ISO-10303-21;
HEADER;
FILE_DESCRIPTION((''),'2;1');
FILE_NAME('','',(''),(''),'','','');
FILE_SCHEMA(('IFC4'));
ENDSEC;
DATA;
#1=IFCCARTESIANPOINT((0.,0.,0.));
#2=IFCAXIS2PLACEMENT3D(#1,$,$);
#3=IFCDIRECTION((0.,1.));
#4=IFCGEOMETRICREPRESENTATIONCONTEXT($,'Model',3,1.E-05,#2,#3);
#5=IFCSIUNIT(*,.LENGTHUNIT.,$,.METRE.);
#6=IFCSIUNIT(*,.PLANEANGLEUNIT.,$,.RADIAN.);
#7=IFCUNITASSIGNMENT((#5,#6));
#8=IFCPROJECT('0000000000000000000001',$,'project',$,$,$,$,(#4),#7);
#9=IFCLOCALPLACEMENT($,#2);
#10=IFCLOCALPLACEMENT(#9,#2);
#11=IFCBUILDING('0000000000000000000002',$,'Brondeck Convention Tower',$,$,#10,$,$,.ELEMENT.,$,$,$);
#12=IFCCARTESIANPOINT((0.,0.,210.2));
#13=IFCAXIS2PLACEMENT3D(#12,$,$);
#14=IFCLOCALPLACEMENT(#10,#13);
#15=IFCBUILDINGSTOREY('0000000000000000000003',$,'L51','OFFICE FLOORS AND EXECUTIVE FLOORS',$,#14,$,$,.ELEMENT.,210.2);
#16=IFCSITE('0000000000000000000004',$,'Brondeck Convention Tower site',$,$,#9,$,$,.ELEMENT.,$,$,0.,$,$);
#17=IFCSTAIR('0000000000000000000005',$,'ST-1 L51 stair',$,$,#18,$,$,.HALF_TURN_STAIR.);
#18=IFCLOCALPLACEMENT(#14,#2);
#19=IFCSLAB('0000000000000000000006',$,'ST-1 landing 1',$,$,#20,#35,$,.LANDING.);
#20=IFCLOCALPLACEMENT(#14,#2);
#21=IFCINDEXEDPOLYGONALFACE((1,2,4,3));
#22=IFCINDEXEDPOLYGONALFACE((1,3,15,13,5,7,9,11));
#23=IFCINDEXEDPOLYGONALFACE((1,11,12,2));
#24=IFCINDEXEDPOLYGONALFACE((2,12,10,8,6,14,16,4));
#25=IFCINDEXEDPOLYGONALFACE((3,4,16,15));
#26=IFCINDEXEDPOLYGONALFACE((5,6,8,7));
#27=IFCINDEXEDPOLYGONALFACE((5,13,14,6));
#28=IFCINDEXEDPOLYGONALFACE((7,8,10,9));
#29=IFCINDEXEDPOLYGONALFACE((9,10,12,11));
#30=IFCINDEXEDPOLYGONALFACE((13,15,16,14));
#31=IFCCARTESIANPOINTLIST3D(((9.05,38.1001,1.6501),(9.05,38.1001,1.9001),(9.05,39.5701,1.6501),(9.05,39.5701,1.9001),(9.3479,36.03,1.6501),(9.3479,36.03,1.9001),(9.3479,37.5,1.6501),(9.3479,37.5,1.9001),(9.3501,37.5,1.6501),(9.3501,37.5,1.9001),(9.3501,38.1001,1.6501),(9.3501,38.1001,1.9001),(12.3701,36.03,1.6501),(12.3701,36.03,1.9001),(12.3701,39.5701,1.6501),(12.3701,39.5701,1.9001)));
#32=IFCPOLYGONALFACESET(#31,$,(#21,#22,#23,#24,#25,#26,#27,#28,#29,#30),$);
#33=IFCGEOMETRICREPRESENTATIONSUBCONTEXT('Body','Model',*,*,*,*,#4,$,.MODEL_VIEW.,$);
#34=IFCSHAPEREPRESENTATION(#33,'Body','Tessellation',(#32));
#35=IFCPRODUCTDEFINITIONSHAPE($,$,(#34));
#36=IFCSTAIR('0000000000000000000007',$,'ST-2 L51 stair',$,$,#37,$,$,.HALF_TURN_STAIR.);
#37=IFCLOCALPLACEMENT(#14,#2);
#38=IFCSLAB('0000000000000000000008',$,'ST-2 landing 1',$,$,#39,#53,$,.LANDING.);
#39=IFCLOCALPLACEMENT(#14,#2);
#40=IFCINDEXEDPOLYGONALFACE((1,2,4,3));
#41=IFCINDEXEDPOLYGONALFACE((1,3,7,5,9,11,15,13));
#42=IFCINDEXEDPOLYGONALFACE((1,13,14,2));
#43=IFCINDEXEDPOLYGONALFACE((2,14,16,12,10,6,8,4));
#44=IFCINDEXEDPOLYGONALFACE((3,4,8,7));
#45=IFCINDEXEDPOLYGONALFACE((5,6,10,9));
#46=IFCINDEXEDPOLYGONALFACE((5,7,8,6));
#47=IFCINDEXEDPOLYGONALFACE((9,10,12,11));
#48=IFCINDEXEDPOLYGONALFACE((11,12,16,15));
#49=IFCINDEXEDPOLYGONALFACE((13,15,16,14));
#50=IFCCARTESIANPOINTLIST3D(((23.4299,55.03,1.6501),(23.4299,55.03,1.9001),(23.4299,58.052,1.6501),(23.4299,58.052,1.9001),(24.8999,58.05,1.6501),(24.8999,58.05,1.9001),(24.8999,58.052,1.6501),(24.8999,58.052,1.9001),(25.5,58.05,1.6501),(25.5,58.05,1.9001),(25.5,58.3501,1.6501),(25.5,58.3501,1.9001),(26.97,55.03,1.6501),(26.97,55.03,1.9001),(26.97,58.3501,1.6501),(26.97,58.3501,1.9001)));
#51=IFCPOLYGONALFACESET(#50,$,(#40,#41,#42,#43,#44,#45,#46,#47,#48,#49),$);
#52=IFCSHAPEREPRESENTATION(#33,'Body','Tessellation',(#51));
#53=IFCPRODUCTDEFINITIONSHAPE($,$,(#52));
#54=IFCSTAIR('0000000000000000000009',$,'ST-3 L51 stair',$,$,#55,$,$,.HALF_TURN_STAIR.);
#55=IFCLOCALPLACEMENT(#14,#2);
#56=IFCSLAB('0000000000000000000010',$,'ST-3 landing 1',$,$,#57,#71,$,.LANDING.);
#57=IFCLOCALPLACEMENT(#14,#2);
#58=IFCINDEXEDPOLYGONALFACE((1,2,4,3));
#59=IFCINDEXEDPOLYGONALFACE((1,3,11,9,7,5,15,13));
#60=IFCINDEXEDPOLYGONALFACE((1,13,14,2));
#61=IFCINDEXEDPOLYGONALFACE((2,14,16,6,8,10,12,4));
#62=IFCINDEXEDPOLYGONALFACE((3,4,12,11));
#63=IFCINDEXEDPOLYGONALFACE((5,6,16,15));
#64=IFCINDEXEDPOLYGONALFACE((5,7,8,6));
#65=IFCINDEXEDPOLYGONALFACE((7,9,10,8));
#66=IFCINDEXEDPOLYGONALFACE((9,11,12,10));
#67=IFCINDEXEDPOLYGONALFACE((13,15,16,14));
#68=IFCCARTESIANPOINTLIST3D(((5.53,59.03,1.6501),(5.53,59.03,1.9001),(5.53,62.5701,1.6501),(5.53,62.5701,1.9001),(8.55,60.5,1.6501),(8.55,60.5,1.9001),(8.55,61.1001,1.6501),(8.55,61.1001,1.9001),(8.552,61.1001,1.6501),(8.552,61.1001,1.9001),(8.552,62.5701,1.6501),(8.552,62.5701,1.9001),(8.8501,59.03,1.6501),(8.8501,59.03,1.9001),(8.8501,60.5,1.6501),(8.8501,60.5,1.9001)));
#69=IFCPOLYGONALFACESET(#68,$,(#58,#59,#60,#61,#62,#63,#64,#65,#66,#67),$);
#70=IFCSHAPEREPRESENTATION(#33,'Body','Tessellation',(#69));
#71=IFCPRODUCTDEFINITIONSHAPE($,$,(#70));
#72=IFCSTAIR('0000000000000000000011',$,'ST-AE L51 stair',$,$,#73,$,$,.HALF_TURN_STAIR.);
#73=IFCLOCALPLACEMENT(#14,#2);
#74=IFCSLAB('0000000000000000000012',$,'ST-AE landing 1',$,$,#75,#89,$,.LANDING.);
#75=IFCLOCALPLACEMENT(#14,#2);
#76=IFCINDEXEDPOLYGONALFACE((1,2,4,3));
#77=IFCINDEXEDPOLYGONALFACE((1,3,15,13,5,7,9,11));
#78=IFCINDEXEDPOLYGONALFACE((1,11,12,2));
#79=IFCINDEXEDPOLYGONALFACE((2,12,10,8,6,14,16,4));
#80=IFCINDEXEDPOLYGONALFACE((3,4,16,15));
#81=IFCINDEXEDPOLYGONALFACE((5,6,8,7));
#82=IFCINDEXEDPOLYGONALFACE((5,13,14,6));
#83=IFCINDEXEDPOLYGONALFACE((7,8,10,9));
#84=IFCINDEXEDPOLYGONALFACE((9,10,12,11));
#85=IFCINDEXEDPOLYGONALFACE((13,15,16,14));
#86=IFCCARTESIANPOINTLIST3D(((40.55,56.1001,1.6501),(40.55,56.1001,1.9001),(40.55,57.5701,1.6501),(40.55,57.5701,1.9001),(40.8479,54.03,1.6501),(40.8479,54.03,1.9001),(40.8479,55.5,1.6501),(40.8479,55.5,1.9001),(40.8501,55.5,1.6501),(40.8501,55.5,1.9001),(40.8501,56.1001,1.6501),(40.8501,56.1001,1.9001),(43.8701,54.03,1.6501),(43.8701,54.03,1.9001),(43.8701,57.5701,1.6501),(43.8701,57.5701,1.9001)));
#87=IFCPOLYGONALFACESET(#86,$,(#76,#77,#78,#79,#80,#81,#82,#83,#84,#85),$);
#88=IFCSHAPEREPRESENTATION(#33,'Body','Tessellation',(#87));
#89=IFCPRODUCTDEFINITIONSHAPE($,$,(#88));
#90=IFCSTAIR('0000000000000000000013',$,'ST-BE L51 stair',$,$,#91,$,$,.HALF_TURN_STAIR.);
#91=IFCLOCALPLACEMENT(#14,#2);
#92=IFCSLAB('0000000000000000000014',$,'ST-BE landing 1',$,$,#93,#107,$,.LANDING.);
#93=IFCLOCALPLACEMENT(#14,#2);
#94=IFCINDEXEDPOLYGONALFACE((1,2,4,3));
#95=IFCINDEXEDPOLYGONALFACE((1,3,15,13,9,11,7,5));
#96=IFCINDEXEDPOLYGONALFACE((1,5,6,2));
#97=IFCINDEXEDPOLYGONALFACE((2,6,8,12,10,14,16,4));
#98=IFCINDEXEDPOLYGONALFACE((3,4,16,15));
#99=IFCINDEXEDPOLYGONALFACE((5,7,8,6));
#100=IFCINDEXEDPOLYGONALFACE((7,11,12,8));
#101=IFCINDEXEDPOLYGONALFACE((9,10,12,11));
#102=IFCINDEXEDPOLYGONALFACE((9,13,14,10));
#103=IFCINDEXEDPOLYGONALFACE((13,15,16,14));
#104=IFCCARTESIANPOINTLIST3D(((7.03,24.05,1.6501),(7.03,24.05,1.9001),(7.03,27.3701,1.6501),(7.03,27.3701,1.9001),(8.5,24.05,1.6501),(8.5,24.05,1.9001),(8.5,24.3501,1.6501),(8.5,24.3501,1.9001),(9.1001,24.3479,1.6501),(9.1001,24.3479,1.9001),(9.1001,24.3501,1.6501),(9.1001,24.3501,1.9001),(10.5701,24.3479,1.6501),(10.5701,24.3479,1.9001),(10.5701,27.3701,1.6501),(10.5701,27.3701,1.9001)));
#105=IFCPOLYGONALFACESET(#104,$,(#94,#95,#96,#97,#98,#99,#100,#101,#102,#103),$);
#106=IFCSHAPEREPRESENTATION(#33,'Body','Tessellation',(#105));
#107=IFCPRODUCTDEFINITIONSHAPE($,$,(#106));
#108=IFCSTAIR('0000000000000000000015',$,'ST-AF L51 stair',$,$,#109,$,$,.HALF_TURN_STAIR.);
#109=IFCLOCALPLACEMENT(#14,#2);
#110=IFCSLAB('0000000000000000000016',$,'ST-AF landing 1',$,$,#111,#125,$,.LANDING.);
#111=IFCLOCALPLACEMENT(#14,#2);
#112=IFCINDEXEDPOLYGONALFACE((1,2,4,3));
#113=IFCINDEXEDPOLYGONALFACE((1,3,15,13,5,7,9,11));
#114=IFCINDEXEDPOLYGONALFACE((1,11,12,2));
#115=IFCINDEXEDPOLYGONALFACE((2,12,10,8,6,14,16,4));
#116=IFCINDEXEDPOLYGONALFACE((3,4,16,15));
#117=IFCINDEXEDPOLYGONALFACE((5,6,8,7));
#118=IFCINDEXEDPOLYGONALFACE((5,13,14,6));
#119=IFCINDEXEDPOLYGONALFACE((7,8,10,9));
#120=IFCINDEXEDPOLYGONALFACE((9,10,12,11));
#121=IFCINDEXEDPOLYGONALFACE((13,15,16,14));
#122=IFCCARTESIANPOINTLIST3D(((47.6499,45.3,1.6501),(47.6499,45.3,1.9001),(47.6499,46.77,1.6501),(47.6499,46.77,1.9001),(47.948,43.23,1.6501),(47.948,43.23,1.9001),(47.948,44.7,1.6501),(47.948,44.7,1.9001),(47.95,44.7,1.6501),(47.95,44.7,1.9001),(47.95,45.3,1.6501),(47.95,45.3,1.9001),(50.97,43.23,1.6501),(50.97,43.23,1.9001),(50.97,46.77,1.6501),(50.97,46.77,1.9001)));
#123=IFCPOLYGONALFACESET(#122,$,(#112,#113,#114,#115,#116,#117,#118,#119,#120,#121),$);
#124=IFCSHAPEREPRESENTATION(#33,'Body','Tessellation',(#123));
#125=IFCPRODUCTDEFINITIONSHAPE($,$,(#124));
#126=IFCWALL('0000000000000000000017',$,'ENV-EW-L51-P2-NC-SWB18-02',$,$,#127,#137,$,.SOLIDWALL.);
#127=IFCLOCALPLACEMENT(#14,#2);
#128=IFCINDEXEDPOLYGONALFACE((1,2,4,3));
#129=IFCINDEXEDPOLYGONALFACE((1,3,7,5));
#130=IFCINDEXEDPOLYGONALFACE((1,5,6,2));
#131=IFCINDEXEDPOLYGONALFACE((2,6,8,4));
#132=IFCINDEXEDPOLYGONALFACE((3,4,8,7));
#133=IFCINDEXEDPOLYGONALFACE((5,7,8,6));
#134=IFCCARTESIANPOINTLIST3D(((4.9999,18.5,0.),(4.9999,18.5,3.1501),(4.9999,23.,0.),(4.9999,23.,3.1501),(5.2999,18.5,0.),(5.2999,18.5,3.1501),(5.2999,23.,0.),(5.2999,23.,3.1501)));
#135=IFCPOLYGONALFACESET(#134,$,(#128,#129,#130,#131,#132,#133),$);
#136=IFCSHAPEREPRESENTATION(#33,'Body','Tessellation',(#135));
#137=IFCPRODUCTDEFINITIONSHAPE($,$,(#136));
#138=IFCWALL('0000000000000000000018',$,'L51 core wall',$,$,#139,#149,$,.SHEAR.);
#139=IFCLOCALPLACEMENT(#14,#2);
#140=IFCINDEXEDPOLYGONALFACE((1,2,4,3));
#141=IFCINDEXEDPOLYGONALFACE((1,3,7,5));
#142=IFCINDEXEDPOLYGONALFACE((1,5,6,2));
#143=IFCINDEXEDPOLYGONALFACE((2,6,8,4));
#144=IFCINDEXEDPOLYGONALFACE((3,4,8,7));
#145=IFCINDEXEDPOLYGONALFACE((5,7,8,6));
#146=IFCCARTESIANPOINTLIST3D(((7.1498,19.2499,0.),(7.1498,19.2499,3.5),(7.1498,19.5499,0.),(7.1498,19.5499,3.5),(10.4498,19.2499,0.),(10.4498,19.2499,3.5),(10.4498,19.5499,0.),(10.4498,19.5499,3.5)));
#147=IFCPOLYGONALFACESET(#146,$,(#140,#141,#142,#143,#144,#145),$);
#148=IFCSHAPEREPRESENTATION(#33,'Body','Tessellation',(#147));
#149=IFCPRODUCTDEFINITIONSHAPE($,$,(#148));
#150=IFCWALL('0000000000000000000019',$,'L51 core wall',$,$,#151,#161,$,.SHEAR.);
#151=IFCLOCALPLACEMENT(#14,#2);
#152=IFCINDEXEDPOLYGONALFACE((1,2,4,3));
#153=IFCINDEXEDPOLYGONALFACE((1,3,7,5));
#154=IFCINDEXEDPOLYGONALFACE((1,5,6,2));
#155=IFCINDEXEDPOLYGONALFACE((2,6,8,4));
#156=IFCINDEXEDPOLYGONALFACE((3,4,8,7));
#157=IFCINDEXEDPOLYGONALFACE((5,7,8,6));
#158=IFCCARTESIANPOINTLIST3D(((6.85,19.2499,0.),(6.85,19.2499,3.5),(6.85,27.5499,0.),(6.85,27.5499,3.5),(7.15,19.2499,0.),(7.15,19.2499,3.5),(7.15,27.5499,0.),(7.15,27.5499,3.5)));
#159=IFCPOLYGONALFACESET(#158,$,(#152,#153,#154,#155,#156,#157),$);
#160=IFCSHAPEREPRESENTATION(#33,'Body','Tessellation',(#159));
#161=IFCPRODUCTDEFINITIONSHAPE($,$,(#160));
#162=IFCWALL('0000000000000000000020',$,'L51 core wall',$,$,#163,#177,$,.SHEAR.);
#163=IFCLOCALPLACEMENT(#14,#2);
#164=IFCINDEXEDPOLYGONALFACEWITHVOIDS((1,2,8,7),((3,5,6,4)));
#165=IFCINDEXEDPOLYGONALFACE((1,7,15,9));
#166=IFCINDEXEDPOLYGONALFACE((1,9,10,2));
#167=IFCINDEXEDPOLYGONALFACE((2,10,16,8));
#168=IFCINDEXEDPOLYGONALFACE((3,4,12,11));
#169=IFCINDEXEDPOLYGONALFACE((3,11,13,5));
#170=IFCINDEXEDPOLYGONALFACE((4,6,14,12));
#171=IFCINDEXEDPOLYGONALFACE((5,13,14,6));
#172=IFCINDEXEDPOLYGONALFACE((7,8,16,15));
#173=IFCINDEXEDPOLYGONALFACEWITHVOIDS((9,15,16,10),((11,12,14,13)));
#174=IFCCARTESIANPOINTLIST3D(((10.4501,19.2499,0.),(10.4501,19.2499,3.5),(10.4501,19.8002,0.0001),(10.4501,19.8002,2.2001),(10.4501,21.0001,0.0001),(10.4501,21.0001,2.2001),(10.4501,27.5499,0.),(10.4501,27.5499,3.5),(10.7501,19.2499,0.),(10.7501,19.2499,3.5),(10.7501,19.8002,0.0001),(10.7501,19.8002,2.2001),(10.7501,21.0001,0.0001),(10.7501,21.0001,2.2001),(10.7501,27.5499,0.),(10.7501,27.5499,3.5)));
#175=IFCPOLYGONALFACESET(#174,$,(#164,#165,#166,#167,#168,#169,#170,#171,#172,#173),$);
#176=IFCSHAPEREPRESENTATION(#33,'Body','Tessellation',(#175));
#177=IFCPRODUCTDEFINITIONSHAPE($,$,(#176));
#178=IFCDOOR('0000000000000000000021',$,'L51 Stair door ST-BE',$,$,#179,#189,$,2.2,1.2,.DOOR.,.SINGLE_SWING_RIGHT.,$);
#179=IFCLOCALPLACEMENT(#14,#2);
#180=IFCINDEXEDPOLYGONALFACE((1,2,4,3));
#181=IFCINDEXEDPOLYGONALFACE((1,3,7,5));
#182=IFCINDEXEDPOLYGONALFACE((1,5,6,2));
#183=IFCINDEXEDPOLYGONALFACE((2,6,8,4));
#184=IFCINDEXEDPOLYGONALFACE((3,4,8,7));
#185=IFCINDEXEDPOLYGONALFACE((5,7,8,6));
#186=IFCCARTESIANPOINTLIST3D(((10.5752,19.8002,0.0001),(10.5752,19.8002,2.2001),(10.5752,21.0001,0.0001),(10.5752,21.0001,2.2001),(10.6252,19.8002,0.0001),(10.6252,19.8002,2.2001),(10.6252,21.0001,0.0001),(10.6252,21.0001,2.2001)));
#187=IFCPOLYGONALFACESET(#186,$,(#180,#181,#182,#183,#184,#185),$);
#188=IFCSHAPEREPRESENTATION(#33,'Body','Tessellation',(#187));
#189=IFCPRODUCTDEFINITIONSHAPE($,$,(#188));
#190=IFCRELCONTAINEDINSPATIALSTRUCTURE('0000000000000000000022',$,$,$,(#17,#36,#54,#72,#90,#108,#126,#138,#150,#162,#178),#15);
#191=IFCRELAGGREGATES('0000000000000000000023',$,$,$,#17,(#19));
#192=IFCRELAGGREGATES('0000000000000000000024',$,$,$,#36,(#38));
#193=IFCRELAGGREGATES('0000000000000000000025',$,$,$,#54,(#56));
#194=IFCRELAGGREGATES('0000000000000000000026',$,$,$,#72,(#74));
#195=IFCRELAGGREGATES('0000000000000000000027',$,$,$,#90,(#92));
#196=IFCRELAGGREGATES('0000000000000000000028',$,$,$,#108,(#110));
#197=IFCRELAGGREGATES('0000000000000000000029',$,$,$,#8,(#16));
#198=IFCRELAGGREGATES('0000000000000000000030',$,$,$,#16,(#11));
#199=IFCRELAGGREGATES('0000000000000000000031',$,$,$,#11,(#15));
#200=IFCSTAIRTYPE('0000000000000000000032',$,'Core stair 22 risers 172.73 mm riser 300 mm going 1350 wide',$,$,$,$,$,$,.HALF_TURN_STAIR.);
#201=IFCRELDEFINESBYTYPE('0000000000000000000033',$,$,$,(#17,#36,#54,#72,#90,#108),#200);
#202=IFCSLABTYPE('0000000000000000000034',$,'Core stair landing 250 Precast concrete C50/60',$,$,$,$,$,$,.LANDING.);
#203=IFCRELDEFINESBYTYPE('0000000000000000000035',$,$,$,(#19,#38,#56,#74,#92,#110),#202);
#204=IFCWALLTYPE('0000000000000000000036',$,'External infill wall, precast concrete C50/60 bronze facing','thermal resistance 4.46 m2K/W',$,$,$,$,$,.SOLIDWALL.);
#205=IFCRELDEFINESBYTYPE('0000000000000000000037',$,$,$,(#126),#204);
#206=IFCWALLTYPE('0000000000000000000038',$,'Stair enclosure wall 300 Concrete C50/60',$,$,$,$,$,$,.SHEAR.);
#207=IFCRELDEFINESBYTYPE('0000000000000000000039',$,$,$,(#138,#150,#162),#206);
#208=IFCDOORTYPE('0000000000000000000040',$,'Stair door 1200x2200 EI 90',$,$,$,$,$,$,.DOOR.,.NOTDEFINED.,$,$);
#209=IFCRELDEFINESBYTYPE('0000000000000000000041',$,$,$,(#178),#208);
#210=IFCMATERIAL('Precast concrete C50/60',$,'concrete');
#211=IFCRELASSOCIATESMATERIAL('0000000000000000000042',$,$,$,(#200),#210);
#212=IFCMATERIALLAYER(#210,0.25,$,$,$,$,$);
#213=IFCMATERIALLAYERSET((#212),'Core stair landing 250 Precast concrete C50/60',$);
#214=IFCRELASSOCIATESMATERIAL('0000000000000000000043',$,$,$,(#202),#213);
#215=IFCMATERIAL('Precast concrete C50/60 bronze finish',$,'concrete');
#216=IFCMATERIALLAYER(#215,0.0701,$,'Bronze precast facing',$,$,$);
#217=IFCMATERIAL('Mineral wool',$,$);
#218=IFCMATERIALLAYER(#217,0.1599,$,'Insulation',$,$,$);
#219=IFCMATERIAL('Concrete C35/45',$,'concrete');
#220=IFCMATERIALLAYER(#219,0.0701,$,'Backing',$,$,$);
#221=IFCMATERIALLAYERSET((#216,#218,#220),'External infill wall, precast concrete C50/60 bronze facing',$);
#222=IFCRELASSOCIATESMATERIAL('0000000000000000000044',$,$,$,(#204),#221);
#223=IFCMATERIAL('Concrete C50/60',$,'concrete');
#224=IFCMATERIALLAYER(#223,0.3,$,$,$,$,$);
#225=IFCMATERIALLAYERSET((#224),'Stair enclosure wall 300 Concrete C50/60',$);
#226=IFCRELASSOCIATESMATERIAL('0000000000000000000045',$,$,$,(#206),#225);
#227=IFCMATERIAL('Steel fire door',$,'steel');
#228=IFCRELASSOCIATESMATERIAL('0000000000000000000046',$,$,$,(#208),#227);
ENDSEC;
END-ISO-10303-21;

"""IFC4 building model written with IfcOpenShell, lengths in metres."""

from ifc_helpers import new_model, si_unit, direction, frame, frame_2d, origin, place, context, subcontext, project, spatial, polyline, rectangle, outline, extrude, material, layer, layer_set, type_object, element, fill, aggregate, save


model = new_model("IFC4")

# Units and contexts
model_context = context("Model", 3, precision=1e-05, world=origin(), true_north=direction((0.0, 1.0)))
body_context = subcontext(model_context, "Body", "Model", "MODEL_VIEW")
ifc_project = project(units=[si_unit("LENGTHUNIT", "METRE"), si_unit("PLANEANGLEUNIT", "RADIAN")], contexts=[model_context])

# Site, building, storey
site_placement = place(None, origin())
site = spatial("IfcSite", under=ifc_project, at=site_placement, Name="Brondeck Convention Tower site", CompositionType="ELEMENT", RefElevation=0.0)
building_placement = place(site_placement, origin())
building = spatial("IfcBuilding", under=site, at=building_placement, Name="Brondeck Convention Tower", CompositionType="ELEMENT")
storey_placement = place(building_placement, frame((0.0, 0.0, 210.2)))
storey = spatial("IfcBuildingStorey", under=building, at=storey_placement, Name="L51", Description="OFFICE FLOORS AND EXECUTIVE FLOORS", CompositionType="ELEMENT", Elevation=210.2)

# Shared definitions
ifc_material_1 = material(Name="Concrete C50/60", Category="concrete")

# Shared definitions
ifc_material_2 = material(Name="Concrete C35/45", Category="concrete")

# Stairs, slabs
ifc_material_3 = material(Name="Precast concrete C50/60", Category="concrete")
stair_type = type_object("IfcStairType", Name="Core stair 22 risers 172.73 mm riser 300 mm going 1350 wide", PredefinedType="HALF_TURN_STAIR", material=ifc_material_3)
stair_1_placement = place(storey_placement, origin())
stair_1 = element("IfcStair", 1, at=stair_1_placement, inside=storey, type_object=stair_type, Name="ST-1 L51 stair", PredefinedType="HALF_TURN_STAIR")
ifc_layer_1 = layer(ifc_material_3, 0.25)
ifc_layer_set_1 = layer_set([ifc_layer_1], Name="Core stair landing 250 Precast concrete C50/60")
slab_type_1 = type_object("IfcSlabType", Name="Core stair landing 250 Precast concrete C50/60", PredefinedType="LANDING", material=ifc_layer_set_1)
slab_1_placement = place(storey_placement, frame((0.0, 0.0, 1.6501)))
slab_1 = element("IfcSlab", 2, at=slab_1_placement, type_object=slab_type_1, Name="ST-1 landing 1", PredefinedType="LANDING", context=body_context, shape_type="SweptSolid", body=[
    extrude(outline(polyline([(9.3479, 37.5), (9.3501, 37.5), (9.3501, 38.1001), (9.05, 38.1001), (9.05, 39.5701), (12.3701, 39.5701), (12.3701, 36.03), (9.3479, 36.03), (9.3479, 37.5)])), origin(), (0.0, 0.0, 1.0), 0.25),
])
aggregate(stair_1, [slab_1])
stair_2_placement = place(storey_placement, origin())
stair_2 = element("IfcStair", 3, at=stair_2_placement, inside=storey, type_object=stair_type, Name="ST-2 L51 stair", PredefinedType="HALF_TURN_STAIR")
slab_2_placement = place(storey_placement, frame((0.0, 0.0, 1.6501)))
slab_2 = element("IfcSlab", 4, at=slab_2_placement, type_object=slab_type_1, Name="ST-2 landing 1", PredefinedType="LANDING", context=body_context, shape_type="SweptSolid", body=[
    extrude(outline(polyline([(23.4299, 58.052), (24.8999, 58.052), (24.8999, 58.05), (25.5, 58.05), (25.5, 58.3501), (26.97, 58.3501), (26.97, 55.03), (23.4299, 55.03), (23.4299, 58.052)])), origin(), (0.0, 0.0, 1.0), 0.25),
])
aggregate(stair_2, [slab_2])
stair_3_placement = place(storey_placement, origin())
stair_3 = element("IfcStair", 5, at=stair_3_placement, inside=storey, type_object=stair_type, Name="ST-3 L51 stair", PredefinedType="HALF_TURN_STAIR")
slab_3_placement = place(storey_placement, frame((0.0, 0.0, 1.6501)))
slab_3 = element("IfcSlab", 6, at=slab_3_placement, type_object=slab_type_1, Name="ST-3 landing 1", PredefinedType="LANDING", context=body_context, shape_type="SweptSolid", body=[
    extrude(outline(polyline([(8.8501, 60.5), (8.8501, 59.03), (5.53, 59.03), (5.53, 62.5701), (8.552, 62.5701), (8.552, 61.1001), (8.55, 61.1001), (8.55, 60.5), (8.8501, 60.5)])), origin(), (0.0, 0.0, 1.0), 0.25),
])
aggregate(stair_3, [slab_3])
stair_4_placement = place(storey_placement, origin())
stair_4 = element("IfcStair", 7, at=stair_4_placement, inside=storey, type_object=stair_type, Name="ST-AE L51 stair", PredefinedType="HALF_TURN_STAIR")
slab_4_placement = place(storey_placement, frame((0.0, 0.0, 1.6501)))
slab_4 = element("IfcSlab", 8, at=slab_4_placement, type_object=slab_type_1, Name="ST-AE landing 1", PredefinedType="LANDING", context=body_context, shape_type="SweptSolid", body=[
    extrude(outline(polyline([(40.8479, 55.5), (40.8501, 55.5), (40.8501, 56.1001), (40.55, 56.1001), (40.55, 57.5701), (43.8701, 57.5701), (43.8701, 54.03), (40.8479, 54.03), (40.8479, 55.5)])), origin(), (0.0, 0.0, 1.0), 0.25),
])
aggregate(stair_4, [slab_4])
stair_5_placement = place(storey_placement, origin())
stair_5 = element("IfcStair", 9, at=stair_5_placement, inside=storey, type_object=stair_type, Name="ST-BE L51 stair", PredefinedType="HALF_TURN_STAIR")
slab_5_placement = place(storey_placement, frame((0.0, 0.0, 1.6501)))
slab_5 = element("IfcSlab", 10, at=slab_5_placement, type_object=slab_type_1, Name="ST-BE landing 1", PredefinedType="LANDING", context=body_context, shape_type="SweptSolid", body=[
    extrude(outline(polyline([(7.03, 24.05), (7.03, 27.3701), (10.5701, 27.3701), (10.5701, 24.3479), (9.1001, 24.3479), (9.1001, 24.3501), (8.5, 24.3501), (8.5, 24.05), (7.03, 24.05)])), origin(), (0.0, 0.0, 1.0), 0.25),
])
aggregate(stair_5, [slab_5])
stair_6_placement = place(storey_placement, origin())
stair_6 = element("IfcStair", 11, at=stair_6_placement, inside=storey, type_object=stair_type, Name="ST-AF L51 stair", PredefinedType="HALF_TURN_STAIR")
slab_6_placement = place(storey_placement, frame((0.0, 0.0, 1.6501)))
slab_6 = element("IfcSlab", 12, at=slab_6_placement, type_object=slab_type_1, Name="ST-AF landing 1", PredefinedType="LANDING", context=body_context, shape_type="SweptSolid", body=[
    extrude(outline(polyline([(47.948, 44.7), (47.95, 44.7), (47.95, 45.3), (47.6499, 45.3), (47.6499, 46.77), (50.97, 46.77), (50.97, 43.23), (47.948, 43.23), (47.948, 44.7)])), origin(), (0.0, 0.0, 1.0), 0.25),
])
aggregate(stair_6, [slab_6])

# Walls
ifc_material_4 = material(Name="Precast concrete C50/60 bronze finish", Category="concrete")
ifc_layer_2 = layer(ifc_material_4, 0.0701, Name="Bronze precast facing")
ifc_material_5 = material(Name="Mineral wool")
ifc_layer_3 = layer(ifc_material_5, 0.1599, Name="Insulation")
ifc_layer_4 = layer(ifc_material_2, 0.0701, Name="Backing")
ifc_layer_set_2 = layer_set([ifc_layer_2, ifc_layer_3, ifc_layer_4], Name="External infill wall, precast concrete C50/60 bronze facing")
wall_type_1 = type_object("IfcWallType", Name="External infill wall, precast concrete C50/60 bronze facing", Description="thermal resistance 4.46 m2K/W", PredefinedType="SOLIDWALL", material=ifc_layer_set_2)
wall_1_placement = place(storey_placement, frame((5.1499, 18.5, 0.0), z_axis=(0.0, 0.0, 1.0), x_axis=(0.0, 1.0, 0.0)))
element("IfcWall", 13, at=wall_1_placement, inside=storey, type_object=wall_type_1, Name="ENV-EW-L51-P2-NC-SWB18-02", PredefinedType="SOLIDWALL", context=body_context, shape_type="SweptSolid", body=[
    extrude(rectangle(XDim=4.5, YDim=0.3, at=frame_2d((2.25, 0.0))), origin(), (0.0, 0.0, 1.0), 3.1501),
])
ifc_layer_5 = layer(ifc_material_1, 0.3)
ifc_layer_set_3 = layer_set([ifc_layer_5], Name="Stair enclosure wall 300 Concrete C50/60")
wall_type_2 = type_object("IfcWallType", Name="Stair enclosure wall 300 Concrete C50/60", PredefinedType="SHEAR", material=ifc_layer_set_3)
wall_2_placement = place(storey_placement, frame((7.1499, 19.3999, 0.0), z_axis=(0.0, 0.0, 1.0), x_axis=(1.0, 0.0, 0.0)))
element("IfcWall", 14, at=wall_2_placement, inside=storey, type_object=wall_type_2, Name="L51 core wall", PredefinedType="SHEAR", context=body_context, shape_type="SweptSolid", body=[
    extrude(rectangle(XDim=3.3, YDim=0.3, at=frame_2d((1.6499, 0.0))), origin(), (0.0, 0.0, 1.0), 3.5),
])
wall_3_placement = place(storey_placement, frame((7.0, 19.25, 0.0), z_axis=(0.0, 0.0, 1.0), x_axis=(0.0, 1.0, 0.0)))
element("IfcWall", 15, at=wall_3_placement, inside=storey, type_object=wall_type_2, Name="L51 core wall", PredefinedType="SHEAR", context=body_context, shape_type="SweptSolid", body=[
    extrude(rectangle(XDim=8.3, YDim=0.3, at=frame_2d((4.1499, 0.0))), origin(), (0.0, 0.0, 1.0), 3.5),
])

# Wall, opening, door
wall_4_placement = place(storey_placement, frame((10.6001, 19.25, 0.0), z_axis=(0.0, 0.0, 1.0), x_axis=(0.0, 1.0, 0.0)))
wall_4 = element("IfcWall", 16, at=wall_4_placement, inside=storey, type_object=wall_type_2, Name="L51 core wall", PredefinedType="SHEAR", context=body_context, shape_type="SweptSolid", body=[
    extrude(rectangle(XDim=8.3, YDim=0.3, at=frame_2d((4.1499, 0.0))), origin(), (0.0, 0.0, 1.0), 3.5),
])
opening_placement = place(wall_4_placement, frame((0.55, 0.0, 0.0)))
opening = element("IfcOpeningElement", 17, at=opening_placement, cuts=wall_4, PredefinedType="OPENING", context=body_context, shape_type="SweptSolid", body=[
    extrude(rectangle(XDim=1.2, YDim=2.2, at=frame_2d((0.6001, 1.1001))), frame((0.0, 0.1599, 0.0), z_axis=(0.0, -1.0, 0.0), x_axis=(1.0, 0.0, 0.0)), (0.0, 0.0, 1.0), 0.3201),
])
ifc_material_6 = material(Name="Steel fire door", Category="steel")
door_type = type_object("IfcDoorType", Name="Stair door 1200x2200 EI 90", OperationType="NOTDEFINED", PredefinedType="DOOR", material=ifc_material_6)
door_placement = place(opening_placement, origin())
door = element("IfcDoor", 18, at=door_placement, inside=storey, type_object=door_type, Name="L51 Stair door ST-BE", OperationType="SINGLE_SWING_RIGHT", OverallHeight=2.2, OverallWidth=1.2, PredefinedType="DOOR", context=body_context, shape_type="SweptSolid", body=[
    extrude(rectangle(XDim=1.2, YDim=2.2, at=frame_2d((0.6001, 1.1001))), frame((0.0, 0.0249, 0.0), z_axis=(0.0, -1.0, 0.0), x_axis=(1.0, 0.0, 0.0)), (0.0, 0.0, 1.0), 0.05),
])
fill(opening, door)

save(model, "model.ifc")
